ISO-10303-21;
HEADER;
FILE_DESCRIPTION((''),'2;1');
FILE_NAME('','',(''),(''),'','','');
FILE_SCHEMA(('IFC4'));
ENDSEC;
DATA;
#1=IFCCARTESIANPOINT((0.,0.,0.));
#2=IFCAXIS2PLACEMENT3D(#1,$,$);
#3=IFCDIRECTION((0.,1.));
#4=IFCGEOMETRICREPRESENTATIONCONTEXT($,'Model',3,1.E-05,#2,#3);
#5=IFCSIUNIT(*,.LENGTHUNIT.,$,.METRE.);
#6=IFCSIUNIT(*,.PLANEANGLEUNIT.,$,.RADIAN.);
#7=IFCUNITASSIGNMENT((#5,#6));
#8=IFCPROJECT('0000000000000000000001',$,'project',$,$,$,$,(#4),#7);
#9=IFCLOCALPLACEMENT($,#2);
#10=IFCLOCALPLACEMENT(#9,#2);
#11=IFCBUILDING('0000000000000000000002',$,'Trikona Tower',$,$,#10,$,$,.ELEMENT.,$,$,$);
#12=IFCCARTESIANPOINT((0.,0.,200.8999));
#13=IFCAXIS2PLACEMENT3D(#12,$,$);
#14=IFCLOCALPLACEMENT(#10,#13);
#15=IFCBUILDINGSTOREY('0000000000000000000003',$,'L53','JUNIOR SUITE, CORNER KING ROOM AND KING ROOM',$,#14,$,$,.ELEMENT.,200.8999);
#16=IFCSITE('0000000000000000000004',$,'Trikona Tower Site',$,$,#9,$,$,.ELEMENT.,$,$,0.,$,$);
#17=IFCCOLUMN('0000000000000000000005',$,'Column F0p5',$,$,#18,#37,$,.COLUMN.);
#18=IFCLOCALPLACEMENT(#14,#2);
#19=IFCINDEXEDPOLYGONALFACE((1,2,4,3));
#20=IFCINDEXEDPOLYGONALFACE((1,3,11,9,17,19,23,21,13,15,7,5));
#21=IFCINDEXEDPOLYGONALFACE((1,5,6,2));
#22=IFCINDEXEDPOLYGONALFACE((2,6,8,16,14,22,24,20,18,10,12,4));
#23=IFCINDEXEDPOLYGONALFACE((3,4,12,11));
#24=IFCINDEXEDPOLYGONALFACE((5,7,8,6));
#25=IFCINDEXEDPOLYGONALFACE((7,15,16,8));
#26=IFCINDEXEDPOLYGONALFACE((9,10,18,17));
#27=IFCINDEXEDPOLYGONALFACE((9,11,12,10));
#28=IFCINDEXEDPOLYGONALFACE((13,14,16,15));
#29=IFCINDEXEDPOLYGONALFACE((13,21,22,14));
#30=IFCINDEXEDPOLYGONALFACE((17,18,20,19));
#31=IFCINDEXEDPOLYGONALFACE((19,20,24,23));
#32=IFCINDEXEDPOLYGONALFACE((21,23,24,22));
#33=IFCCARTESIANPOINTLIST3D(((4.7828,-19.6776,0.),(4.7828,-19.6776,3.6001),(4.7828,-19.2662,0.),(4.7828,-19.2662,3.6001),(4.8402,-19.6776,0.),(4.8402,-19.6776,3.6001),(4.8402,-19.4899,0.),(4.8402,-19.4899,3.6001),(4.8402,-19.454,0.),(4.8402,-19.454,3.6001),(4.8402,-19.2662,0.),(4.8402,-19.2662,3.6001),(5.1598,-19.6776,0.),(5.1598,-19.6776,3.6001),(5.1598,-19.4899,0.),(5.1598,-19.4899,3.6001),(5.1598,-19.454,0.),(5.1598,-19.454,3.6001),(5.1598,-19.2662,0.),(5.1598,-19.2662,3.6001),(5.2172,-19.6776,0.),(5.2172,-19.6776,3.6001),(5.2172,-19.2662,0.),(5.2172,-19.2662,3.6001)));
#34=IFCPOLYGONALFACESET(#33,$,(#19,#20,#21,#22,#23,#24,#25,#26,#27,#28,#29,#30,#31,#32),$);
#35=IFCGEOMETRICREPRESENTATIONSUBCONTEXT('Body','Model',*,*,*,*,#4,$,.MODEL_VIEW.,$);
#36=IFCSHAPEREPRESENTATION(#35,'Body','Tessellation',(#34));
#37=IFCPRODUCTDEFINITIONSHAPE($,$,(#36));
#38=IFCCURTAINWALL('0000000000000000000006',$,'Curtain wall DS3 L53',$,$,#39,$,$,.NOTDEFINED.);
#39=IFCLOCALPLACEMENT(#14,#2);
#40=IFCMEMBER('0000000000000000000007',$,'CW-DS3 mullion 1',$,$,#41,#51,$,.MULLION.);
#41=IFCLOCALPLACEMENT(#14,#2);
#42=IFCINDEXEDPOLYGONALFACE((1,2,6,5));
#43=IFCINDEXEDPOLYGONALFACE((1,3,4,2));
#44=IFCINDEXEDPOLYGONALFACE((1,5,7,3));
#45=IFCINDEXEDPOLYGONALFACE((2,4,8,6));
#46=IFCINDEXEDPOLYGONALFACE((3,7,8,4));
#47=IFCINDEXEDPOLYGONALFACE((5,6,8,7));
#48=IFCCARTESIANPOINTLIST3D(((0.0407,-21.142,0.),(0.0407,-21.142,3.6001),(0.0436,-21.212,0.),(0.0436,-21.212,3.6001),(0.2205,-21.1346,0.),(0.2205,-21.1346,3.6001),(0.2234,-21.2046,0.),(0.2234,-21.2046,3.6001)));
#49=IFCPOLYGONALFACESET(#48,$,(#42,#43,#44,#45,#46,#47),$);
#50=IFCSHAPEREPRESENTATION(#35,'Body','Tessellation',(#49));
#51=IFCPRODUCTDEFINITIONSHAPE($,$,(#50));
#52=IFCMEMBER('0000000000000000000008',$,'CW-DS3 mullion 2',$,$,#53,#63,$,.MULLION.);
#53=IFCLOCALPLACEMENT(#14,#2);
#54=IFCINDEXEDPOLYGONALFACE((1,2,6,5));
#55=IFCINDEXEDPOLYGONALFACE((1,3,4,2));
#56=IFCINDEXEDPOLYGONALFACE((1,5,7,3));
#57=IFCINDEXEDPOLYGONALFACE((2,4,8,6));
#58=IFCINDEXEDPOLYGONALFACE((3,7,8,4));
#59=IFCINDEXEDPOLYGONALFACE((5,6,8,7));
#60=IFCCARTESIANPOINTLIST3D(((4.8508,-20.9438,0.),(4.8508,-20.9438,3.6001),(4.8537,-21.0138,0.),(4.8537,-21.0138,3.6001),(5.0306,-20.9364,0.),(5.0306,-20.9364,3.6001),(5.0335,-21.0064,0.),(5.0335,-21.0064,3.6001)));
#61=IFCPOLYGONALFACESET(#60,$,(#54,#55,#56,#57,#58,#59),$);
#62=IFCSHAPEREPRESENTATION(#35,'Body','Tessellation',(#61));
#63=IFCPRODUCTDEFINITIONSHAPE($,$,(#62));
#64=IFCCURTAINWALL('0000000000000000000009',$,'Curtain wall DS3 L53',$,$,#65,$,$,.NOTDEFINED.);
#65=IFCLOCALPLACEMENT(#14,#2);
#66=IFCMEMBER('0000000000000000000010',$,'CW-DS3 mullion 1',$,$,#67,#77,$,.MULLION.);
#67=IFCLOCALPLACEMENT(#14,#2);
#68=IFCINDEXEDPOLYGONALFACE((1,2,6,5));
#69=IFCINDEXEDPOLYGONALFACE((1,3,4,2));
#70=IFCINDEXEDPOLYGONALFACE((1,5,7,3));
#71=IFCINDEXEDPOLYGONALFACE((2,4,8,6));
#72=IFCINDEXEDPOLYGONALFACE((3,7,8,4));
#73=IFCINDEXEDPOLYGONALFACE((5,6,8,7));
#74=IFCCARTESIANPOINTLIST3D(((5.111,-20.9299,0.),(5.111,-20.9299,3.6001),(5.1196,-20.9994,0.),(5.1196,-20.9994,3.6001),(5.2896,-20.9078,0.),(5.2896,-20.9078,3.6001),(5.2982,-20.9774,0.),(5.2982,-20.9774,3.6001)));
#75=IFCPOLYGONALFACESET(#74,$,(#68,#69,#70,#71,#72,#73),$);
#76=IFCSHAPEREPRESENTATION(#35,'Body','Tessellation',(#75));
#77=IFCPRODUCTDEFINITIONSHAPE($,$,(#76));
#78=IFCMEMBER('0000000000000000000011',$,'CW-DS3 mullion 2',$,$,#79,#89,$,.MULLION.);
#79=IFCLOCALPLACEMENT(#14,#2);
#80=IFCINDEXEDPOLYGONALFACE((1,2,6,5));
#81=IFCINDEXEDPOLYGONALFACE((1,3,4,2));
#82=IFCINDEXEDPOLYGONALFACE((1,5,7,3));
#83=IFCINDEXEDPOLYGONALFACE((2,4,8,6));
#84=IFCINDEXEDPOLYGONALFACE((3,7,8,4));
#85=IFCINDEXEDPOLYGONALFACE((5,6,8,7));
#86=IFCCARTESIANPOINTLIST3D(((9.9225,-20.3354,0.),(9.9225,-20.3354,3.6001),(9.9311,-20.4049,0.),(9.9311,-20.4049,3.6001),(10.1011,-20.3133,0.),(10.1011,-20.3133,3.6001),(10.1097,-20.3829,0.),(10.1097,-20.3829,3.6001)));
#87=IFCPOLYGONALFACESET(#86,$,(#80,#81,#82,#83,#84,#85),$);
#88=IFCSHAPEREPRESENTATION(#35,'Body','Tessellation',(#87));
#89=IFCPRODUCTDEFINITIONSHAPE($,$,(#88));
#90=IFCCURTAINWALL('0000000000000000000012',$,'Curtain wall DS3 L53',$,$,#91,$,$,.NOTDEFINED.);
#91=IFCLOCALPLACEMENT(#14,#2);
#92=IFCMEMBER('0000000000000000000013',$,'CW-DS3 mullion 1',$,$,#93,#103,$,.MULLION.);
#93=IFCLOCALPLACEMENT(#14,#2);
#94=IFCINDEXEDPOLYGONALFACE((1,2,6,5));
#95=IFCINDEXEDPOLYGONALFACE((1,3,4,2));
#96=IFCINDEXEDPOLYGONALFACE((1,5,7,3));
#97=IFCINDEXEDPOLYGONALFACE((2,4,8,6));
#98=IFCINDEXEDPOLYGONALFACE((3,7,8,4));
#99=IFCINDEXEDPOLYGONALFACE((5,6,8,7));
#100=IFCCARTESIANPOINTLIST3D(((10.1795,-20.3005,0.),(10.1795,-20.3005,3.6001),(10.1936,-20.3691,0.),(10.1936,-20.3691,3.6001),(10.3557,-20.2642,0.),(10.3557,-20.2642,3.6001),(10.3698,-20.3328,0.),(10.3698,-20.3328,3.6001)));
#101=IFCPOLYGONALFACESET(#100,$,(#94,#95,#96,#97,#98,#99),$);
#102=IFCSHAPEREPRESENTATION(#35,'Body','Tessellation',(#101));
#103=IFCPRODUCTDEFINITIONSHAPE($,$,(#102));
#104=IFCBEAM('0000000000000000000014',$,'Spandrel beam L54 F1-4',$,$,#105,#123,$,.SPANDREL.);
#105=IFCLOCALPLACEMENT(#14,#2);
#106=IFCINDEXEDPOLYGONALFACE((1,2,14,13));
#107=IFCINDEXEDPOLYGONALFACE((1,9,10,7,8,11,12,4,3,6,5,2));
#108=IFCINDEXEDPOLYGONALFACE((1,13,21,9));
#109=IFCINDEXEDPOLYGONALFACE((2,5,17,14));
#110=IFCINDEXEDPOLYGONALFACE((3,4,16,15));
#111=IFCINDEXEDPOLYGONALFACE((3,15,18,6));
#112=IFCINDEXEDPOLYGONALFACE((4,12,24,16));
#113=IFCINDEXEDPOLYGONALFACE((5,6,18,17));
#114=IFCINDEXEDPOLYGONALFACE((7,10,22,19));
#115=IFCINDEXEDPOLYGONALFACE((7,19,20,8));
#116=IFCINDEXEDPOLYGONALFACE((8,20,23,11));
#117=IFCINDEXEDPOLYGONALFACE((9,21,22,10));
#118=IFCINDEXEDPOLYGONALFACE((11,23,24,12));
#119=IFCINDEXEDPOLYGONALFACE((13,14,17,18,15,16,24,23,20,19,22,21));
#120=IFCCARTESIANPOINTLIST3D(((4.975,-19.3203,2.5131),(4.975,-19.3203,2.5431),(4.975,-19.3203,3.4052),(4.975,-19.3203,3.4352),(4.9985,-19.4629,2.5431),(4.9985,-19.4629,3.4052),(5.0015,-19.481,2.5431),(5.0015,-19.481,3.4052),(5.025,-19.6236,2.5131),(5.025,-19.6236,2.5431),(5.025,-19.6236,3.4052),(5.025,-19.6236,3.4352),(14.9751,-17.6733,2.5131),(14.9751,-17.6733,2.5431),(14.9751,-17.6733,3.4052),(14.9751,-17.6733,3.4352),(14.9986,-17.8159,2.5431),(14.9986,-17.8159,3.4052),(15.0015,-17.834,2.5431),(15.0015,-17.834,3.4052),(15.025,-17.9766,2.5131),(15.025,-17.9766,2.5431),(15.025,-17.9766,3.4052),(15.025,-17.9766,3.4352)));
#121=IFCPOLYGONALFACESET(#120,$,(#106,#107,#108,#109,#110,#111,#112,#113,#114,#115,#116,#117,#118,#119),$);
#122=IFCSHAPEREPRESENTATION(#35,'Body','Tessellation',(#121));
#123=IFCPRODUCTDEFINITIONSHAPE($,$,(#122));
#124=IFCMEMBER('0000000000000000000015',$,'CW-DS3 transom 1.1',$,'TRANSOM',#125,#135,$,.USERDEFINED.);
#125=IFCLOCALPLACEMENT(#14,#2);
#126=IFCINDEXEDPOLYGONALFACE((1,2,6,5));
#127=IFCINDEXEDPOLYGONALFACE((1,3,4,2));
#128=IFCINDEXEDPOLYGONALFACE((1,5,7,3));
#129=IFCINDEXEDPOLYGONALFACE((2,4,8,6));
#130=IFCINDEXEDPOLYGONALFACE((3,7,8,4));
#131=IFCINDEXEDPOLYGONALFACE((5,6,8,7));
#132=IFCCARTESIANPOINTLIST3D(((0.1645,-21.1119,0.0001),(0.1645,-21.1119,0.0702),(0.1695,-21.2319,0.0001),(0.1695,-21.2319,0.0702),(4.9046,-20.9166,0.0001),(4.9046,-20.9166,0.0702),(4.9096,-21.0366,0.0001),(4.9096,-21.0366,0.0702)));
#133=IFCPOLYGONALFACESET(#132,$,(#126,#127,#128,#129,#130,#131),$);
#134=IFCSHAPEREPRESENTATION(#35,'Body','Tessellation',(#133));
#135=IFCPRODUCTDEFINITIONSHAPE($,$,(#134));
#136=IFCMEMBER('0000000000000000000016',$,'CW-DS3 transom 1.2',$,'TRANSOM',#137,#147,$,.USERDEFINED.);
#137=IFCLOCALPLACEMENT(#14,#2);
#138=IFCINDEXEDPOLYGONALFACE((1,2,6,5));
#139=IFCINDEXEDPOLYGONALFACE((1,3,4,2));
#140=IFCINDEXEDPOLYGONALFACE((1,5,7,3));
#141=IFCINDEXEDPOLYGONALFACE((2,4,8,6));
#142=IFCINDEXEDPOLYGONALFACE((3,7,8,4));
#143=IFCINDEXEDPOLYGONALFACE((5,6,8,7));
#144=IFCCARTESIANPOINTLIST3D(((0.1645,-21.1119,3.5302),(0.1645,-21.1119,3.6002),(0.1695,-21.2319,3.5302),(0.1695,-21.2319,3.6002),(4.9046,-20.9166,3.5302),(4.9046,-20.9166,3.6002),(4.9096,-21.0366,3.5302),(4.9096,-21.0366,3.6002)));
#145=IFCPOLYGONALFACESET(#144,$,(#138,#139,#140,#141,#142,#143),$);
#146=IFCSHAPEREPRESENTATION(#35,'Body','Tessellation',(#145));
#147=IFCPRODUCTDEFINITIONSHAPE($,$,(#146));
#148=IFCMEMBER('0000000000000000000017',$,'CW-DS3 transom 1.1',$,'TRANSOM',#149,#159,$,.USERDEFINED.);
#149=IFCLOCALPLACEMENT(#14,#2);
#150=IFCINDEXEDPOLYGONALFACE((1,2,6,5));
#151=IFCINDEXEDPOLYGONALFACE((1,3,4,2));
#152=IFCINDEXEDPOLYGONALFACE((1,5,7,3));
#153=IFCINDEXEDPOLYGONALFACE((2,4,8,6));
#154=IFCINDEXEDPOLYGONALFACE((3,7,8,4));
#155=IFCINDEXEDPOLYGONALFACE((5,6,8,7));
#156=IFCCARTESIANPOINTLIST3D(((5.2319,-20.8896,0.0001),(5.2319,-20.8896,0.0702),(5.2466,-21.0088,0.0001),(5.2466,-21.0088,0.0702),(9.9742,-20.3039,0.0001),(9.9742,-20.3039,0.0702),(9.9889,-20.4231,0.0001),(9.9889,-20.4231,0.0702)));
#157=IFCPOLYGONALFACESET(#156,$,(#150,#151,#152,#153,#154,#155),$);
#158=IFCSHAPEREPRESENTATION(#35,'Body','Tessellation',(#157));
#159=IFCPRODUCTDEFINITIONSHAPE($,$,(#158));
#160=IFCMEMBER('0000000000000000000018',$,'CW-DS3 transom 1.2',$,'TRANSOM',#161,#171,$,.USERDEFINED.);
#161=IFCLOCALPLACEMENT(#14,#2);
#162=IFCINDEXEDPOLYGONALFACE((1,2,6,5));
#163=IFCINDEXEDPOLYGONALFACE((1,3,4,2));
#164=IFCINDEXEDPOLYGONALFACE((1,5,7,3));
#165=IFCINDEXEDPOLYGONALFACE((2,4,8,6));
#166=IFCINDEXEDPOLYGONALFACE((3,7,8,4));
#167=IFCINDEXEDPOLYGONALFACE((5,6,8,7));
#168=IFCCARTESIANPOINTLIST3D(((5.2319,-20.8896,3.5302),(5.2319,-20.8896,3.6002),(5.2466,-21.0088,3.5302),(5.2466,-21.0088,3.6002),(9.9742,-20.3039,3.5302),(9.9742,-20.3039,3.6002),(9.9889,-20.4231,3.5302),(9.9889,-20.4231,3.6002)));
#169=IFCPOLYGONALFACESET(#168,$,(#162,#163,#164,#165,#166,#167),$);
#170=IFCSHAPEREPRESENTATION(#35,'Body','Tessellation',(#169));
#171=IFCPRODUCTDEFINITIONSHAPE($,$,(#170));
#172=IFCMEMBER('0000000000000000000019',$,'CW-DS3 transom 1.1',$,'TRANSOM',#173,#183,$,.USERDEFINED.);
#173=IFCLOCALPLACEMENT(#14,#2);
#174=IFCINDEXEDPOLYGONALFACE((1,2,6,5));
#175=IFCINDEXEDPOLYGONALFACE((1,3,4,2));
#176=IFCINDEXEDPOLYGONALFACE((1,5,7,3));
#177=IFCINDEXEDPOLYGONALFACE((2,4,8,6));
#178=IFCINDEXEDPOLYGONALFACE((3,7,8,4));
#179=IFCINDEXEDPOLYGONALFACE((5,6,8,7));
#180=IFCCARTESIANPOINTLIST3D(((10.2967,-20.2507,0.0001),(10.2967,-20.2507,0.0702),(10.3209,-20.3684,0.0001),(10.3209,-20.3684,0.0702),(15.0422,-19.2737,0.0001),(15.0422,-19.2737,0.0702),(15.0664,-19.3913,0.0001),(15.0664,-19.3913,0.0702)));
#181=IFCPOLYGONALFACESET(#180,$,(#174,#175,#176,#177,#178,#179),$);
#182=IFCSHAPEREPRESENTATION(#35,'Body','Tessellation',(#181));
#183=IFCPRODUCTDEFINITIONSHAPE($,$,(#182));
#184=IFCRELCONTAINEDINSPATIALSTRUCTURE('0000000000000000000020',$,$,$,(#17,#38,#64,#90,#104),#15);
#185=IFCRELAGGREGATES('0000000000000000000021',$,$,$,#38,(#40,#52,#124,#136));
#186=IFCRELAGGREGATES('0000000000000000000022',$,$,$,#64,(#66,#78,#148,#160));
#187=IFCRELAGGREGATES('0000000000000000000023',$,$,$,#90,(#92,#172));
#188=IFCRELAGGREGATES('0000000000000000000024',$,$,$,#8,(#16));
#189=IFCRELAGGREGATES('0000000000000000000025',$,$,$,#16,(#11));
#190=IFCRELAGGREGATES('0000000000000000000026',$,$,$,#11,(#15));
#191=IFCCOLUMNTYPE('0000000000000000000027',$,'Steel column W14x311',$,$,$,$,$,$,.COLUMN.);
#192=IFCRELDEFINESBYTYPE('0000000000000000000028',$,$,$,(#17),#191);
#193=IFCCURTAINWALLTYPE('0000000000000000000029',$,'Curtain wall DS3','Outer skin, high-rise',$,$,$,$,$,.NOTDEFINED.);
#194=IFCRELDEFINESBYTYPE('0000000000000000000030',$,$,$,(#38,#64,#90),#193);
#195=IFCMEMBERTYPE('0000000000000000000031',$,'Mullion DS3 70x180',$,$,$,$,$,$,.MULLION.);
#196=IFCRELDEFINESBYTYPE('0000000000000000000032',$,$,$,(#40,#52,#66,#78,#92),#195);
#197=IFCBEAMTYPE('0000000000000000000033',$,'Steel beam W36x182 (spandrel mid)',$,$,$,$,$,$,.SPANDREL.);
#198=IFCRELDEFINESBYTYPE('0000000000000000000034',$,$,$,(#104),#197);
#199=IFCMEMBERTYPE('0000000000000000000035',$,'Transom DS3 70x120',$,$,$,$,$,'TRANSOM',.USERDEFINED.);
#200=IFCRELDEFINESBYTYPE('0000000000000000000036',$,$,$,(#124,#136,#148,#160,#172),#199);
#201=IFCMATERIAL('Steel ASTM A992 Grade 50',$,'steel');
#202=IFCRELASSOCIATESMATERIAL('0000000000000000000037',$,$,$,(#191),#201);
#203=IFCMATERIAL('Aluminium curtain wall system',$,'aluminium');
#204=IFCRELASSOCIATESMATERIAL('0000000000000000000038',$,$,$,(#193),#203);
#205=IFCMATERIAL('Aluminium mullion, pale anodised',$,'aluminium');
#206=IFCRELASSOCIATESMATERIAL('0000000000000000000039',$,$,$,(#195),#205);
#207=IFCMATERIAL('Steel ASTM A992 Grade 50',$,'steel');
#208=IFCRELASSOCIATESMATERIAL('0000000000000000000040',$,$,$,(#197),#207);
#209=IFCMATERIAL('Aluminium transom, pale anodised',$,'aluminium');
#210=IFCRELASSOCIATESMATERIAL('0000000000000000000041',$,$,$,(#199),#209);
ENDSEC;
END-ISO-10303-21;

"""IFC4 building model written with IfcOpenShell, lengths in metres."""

from ifc_helpers import new_model, si_unit, direction, frame, origin, origin_2d, place, context, subcontext, project, spatial, rectangle, i_section, extrude, material, material_profile, profile_set, type_object, element, aggregate, save


model = new_model("IFC4")

# Units and contexts
model_context = context("Model", 3, precision=1e-05, world=origin(), true_north=direction((0.0, 1.0)))
body_context = subcontext(model_context, "Body", "Model", "MODEL_VIEW")
ifc_project = project(units=[si_unit("LENGTHUNIT", "METRE"), si_unit("PLANEANGLEUNIT", "RADIAN")], contexts=[model_context])

# Site, building, storey
site_placement = place(None, origin())
site = spatial("IfcSite", under=ifc_project, at=site_placement, Name="Trikona Tower Site", CompositionType="ELEMENT", RefElevation=0.0)
building_placement = place(site_placement, origin())
building = spatial("IfcBuilding", under=site, at=building_placement, Name="Trikona Tower", CompositionType="ELEMENT")
storey_placement = place(building_placement, frame((0.0, 0.0, 200.8999)))
storey = spatial("IfcBuildingStorey", under=building, at=storey_placement, Name="L53", Description="JUNIOR SUITE, CORNER KING ROOM AND KING ROOM", CompositionType="ELEMENT", Elevation=200.8999)

# Column
ifc_material_1 = material(Name="Steel ASTM A992 Grade 50", Category="steel")
ifc_material_profile_1 = material_profile(ifc_material_1, i_section(OverallWidth=0.4114, OverallDepth=0.4343, WebThickness=0.0359, FlangeThickness=0.0574, at=origin_2d()), Name="W14X311")
ifc_profile_set_1 = profile_set([ifc_material_profile_1], Name="Steel ASTM A992 Grade 50")
column_type = type_object("IfcColumnType", Name="Steel column W14x311", PredefinedType="COLUMN", material=ifc_profile_set_1)
column_placement = place(storey_placement, frame((5.0, -19.4719, 0.0), z_axis=(0.0, 0.0, 1.0), x_axis=(0.0, -1.0, 0.0)))
element("IfcColumn", 1, at=column_placement, inside=storey, type_object=column_type, Name="Column F0p5", PredefinedType="COLUMN", context=body_context, shape_type="SweptSolid", body=[
    extrude(i_section(OverallWidth=0.4114, OverallDepth=0.4343, WebThickness=0.0359, FlangeThickness=0.0574, at=origin_2d()), origin(), (0.0, 0.0, 1.0), 3.6001),
])

# Curtain walls, members
ifc_material_2 = material(Name="Aluminium curtain wall system", Category="aluminium")
curtain_wall_type = type_object("IfcCurtainWallType", Name="Curtain wall DS3", Description="Outer skin, high-rise", PredefinedType="NOTDEFINED", material=ifc_material_2)
curtain_wall_1_placement = place(storey_placement, origin())
curtain_wall_1 = element("IfcCurtainWall", 2, at=curtain_wall_1_placement, inside=storey, type_object=curtain_wall_type, Name="Curtain wall DS3 L53", PredefinedType="NOTDEFINED")
ifc_material_3 = material(Name="Aluminium mullion, pale anodised", Category="aluminium")
ifc_material_profile_2 = material_profile(ifc_material_3, rectangle(XDim=0.0701, YDim=0.1799, at=origin_2d()), Name="MUL-DS3")
ifc_profile_set_2 = profile_set([ifc_material_profile_2], Name="Aluminium mullion, pale anodised")
member_type_1 = type_object("IfcMemberType", Name="Mullion DS3 70x180", PredefinedType="MULLION", material=ifc_profile_set_2)
member_1_placement = place(storey_placement, frame((0.1321, -21.1733, 0.0), z_axis=(0.0, 0.0, 1.0), x_axis=(-0.041153, 0.999153, 0.0)))
member_1 = element("IfcMember", 3, at=member_1_placement, type_object=member_type_1, Name="CW-DS3 mullion 1", PredefinedType="MULLION", context=body_context, shape_type="SweptSolid", body=[
    extrude(rectangle(XDim=0.0701, YDim=0.1799, at=origin_2d()), origin(), (0.0, 0.0, 1.0), 3.6001),
])
member_2_placement = place(storey_placement, frame((4.9421, -20.9751, 0.0), z_axis=(0.0, 0.0, 1.0), x_axis=(-0.041153, 0.999153, 0.0)))
member_2 = element("IfcMember", 4, at=member_2_placement, type_object=member_type_1, Name="CW-DS3 mullion 2", PredefinedType="MULLION", context=body_context, shape_type="SweptSolid", body=[
    extrude(rectangle(XDim=0.0701, YDim=0.1799, at=origin_2d()), origin(), (0.0, 0.0, 1.0), 3.6001),
])
curtain_wall_2_placement = place(storey_placement, origin())
curtain_wall_2 = element("IfcCurtainWall", 5, at=curtain_wall_2_placement, inside=storey, type_object=curtain_wall_type, Name="Curtain wall DS3 L53", PredefinedType="NOTDEFINED")
member_3_placement = place(storey_placement, frame((5.2046, -20.9536, 0.0), z_axis=(0.0, 0.0, 1.0), x_axis=(-0.122611, 0.992455, 0.0)))
member_3 = element("IfcMember", 6, at=member_3_placement, type_object=member_type_1, Name="CW-DS3 mullion 1", PredefinedType="MULLION", context=body_context, shape_type="SweptSolid", body=[
    extrude(rectangle(XDim=0.0701, YDim=0.1799, at=origin_2d()), origin(), (0.0, 0.0, 1.0), 3.6001),
])
member_4_placement = place(storey_placement, frame((10.0161, -20.3591, 0.0), z_axis=(0.0, 0.0, 1.0), x_axis=(-0.122611, 0.992455, 0.0)))
member_4 = element("IfcMember", 7, at=member_4_placement, type_object=member_type_1, Name="CW-DS3 mullion 2", PredefinedType="MULLION", context=body_context, shape_type="SweptSolid", body=[
    extrude(rectangle(XDim=0.0701, YDim=0.1799, at=origin_2d()), origin(), (0.0, 0.0, 1.0), 3.6001),
])

# Curtain wall, member
curtain_wall_3_placement = place(storey_placement, origin())
curtain_wall_3 = element("IfcCurtainWall", 8, at=curtain_wall_3_placement, inside=storey, type_object=curtain_wall_type, Name="Curtain wall DS3 L53", PredefinedType="NOTDEFINED")
member_5_placement = place(storey_placement, frame((10.2747, -20.3167, 0.0), z_axis=(0.0, 0.0, 1.0), x_axis=(-0.201653, 0.979457, 0.0)))
member_5 = element("IfcMember", 9, at=member_5_placement, type_object=member_type_1, Name="CW-DS3 mullion 1", PredefinedType="MULLION", context=body_context, shape_type="SweptSolid", body=[
    extrude(rectangle(XDim=0.0701, YDim=0.1799, at=origin_2d()), origin(), (0.0, 0.0, 1.0), 3.6001),
])

# Beam
ifc_material_4 = material(Name="Steel ASTM A992 Grade 50", Category="steel")
ifc_material_profile_3 = material_profile(ifc_material_4, i_section(OverallWidth=0.3074, OverallDepth=0.9221, WebThickness=0.0183, FlangeThickness=0.03, at=origin_2d()), Name="W36X182")
ifc_profile_set_3 = profile_set([ifc_material_profile_3], Name="Steel ASTM A992 Grade 50")
beam_type = type_object("IfcBeamType", Name="Steel beam W36x182 (spandrel mid)", PredefinedType="SPANDREL", material=ifc_profile_set_3)
beam_placement = place(storey_placement, frame((5.0, -19.4719, 2.9741), z_axis=(0.986707, 0.162508, 0.0), x_axis=(-0.162508, 0.986707, 0.0)))
element("IfcBeam", 10, at=beam_placement, inside=storey, type_object=beam_type, Name="Spandrel beam L54 F1-4", PredefinedType="SPANDREL", context=body_context, shape_type="SweptSolid", body=[
    extrude(i_section(OverallWidth=0.3074, OverallDepth=0.9221, WebThickness=0.0183, FlangeThickness=0.03, at=origin_2d()), origin(), (0.0, 0.0, 1.0), 10.1348),
])

# Members
ifc_material_5 = material(Name="Aluminium transom, pale anodised", Category="aluminium")
ifc_material_profile_4 = material_profile(ifc_material_5, rectangle(XDim=0.1201, YDim=0.0701, at=origin_2d()), Name="TRN-DS3")
ifc_profile_set_4 = profile_set([ifc_material_profile_4], Name="Aluminium transom, pale anodised")
member_type_2 = type_object("IfcMemberType", Name="Transom DS3 70x120", ElementType="TRANSOM", PredefinedType="USERDEFINED", material=ifc_profile_set_4)
member_6_placement = place(storey_placement, frame((0.167, -21.1719, 0.0352), z_axis=(0.999152, 0.041168, 0.0), x_axis=(-0.041168, 0.999152, 0.0)))
member_6 = element("IfcMember", 11, at=member_6_placement, type_object=member_type_2, Name="CW-DS3 transom 1.1", ObjectType="TRANSOM", PredefinedType="USERDEFINED", context=body_context, shape_type="SweptSolid", body=[
    extrude(rectangle(XDim=0.1201, YDim=0.0701, at=origin_2d()), origin(), (0.0, 0.0, 1.0), 4.7441),
])
member_7_placement = place(storey_placement, frame((0.167, -21.1719, 3.5652), z_axis=(0.999152, 0.041168, 0.0), x_axis=(-0.041168, 0.999152, 0.0)))
member_7 = element("IfcMember", 12, at=member_7_placement, type_object=member_type_2, Name="CW-DS3 transom 1.2", ObjectType="TRANSOM", PredefinedType="USERDEFINED", context=body_context, shape_type="SweptSolid", body=[
    extrude(rectangle(XDim=0.1201, YDim=0.0701, at=origin_2d()), origin(), (0.0, 0.0, 1.0), 4.7441),
])
member_8_placement = place(storey_placement, frame((5.2393, -20.9492, 0.0352), z_axis=(0.992459, 0.122576, 0.0), x_axis=(-0.122576, 0.992459, 0.0)))
member_8 = element("IfcMember", 13, at=member_8_placement, type_object=member_type_2, Name="CW-DS3 transom 1.1", ObjectType="TRANSOM", PredefinedType="USERDEFINED", context=body_context, shape_type="SweptSolid", body=[
    extrude(rectangle(XDim=0.1201, YDim=0.0701, at=origin_2d()), origin(), (0.0, 0.0, 1.0), 4.7783),
])
member_9_placement = place(storey_placement, frame((5.2393, -20.9492, 3.5652), z_axis=(0.992459, 0.122576, 0.0), x_axis=(-0.122576, 0.992459, 0.0)))
member_9 = element("IfcMember", 14, at=member_9_placement, type_object=member_type_2, Name="CW-DS3 transom 1.2", ObjectType="TRANSOM", PredefinedType="USERDEFINED", context=body_context, shape_type="SweptSolid", body=[
    extrude(rectangle(XDim=0.1201, YDim=0.0701, at=origin_2d()), origin(), (0.0, 0.0, 1.0), 4.7783),
])
member_10_placement = place(storey_placement, frame((10.3088, -20.3096, 0.0352), z_axis=(0.979454, 0.201666, 0.0), x_axis=(-0.201666, 0.979454, 0.0)))
member_10 = element("IfcMember", 15, at=member_10_placement, type_object=member_type_2, Name="CW-DS3 transom 1.1", ObjectType="TRANSOM", PredefinedType="USERDEFINED", context=body_context, shape_type="SweptSolid", body=[
    extrude(rectangle(XDim=0.1201, YDim=0.0701, at=origin_2d()), origin(), (0.0, 0.0, 1.0), 4.845),
])

aggregate(curtain_wall_1, [member_1, member_2, member_6, member_7])
aggregate(curtain_wall_2, [member_3, member_4, member_8, member_9])
aggregate(curtain_wall_3, [member_5, member_10])

save(model, "model.ifc")
